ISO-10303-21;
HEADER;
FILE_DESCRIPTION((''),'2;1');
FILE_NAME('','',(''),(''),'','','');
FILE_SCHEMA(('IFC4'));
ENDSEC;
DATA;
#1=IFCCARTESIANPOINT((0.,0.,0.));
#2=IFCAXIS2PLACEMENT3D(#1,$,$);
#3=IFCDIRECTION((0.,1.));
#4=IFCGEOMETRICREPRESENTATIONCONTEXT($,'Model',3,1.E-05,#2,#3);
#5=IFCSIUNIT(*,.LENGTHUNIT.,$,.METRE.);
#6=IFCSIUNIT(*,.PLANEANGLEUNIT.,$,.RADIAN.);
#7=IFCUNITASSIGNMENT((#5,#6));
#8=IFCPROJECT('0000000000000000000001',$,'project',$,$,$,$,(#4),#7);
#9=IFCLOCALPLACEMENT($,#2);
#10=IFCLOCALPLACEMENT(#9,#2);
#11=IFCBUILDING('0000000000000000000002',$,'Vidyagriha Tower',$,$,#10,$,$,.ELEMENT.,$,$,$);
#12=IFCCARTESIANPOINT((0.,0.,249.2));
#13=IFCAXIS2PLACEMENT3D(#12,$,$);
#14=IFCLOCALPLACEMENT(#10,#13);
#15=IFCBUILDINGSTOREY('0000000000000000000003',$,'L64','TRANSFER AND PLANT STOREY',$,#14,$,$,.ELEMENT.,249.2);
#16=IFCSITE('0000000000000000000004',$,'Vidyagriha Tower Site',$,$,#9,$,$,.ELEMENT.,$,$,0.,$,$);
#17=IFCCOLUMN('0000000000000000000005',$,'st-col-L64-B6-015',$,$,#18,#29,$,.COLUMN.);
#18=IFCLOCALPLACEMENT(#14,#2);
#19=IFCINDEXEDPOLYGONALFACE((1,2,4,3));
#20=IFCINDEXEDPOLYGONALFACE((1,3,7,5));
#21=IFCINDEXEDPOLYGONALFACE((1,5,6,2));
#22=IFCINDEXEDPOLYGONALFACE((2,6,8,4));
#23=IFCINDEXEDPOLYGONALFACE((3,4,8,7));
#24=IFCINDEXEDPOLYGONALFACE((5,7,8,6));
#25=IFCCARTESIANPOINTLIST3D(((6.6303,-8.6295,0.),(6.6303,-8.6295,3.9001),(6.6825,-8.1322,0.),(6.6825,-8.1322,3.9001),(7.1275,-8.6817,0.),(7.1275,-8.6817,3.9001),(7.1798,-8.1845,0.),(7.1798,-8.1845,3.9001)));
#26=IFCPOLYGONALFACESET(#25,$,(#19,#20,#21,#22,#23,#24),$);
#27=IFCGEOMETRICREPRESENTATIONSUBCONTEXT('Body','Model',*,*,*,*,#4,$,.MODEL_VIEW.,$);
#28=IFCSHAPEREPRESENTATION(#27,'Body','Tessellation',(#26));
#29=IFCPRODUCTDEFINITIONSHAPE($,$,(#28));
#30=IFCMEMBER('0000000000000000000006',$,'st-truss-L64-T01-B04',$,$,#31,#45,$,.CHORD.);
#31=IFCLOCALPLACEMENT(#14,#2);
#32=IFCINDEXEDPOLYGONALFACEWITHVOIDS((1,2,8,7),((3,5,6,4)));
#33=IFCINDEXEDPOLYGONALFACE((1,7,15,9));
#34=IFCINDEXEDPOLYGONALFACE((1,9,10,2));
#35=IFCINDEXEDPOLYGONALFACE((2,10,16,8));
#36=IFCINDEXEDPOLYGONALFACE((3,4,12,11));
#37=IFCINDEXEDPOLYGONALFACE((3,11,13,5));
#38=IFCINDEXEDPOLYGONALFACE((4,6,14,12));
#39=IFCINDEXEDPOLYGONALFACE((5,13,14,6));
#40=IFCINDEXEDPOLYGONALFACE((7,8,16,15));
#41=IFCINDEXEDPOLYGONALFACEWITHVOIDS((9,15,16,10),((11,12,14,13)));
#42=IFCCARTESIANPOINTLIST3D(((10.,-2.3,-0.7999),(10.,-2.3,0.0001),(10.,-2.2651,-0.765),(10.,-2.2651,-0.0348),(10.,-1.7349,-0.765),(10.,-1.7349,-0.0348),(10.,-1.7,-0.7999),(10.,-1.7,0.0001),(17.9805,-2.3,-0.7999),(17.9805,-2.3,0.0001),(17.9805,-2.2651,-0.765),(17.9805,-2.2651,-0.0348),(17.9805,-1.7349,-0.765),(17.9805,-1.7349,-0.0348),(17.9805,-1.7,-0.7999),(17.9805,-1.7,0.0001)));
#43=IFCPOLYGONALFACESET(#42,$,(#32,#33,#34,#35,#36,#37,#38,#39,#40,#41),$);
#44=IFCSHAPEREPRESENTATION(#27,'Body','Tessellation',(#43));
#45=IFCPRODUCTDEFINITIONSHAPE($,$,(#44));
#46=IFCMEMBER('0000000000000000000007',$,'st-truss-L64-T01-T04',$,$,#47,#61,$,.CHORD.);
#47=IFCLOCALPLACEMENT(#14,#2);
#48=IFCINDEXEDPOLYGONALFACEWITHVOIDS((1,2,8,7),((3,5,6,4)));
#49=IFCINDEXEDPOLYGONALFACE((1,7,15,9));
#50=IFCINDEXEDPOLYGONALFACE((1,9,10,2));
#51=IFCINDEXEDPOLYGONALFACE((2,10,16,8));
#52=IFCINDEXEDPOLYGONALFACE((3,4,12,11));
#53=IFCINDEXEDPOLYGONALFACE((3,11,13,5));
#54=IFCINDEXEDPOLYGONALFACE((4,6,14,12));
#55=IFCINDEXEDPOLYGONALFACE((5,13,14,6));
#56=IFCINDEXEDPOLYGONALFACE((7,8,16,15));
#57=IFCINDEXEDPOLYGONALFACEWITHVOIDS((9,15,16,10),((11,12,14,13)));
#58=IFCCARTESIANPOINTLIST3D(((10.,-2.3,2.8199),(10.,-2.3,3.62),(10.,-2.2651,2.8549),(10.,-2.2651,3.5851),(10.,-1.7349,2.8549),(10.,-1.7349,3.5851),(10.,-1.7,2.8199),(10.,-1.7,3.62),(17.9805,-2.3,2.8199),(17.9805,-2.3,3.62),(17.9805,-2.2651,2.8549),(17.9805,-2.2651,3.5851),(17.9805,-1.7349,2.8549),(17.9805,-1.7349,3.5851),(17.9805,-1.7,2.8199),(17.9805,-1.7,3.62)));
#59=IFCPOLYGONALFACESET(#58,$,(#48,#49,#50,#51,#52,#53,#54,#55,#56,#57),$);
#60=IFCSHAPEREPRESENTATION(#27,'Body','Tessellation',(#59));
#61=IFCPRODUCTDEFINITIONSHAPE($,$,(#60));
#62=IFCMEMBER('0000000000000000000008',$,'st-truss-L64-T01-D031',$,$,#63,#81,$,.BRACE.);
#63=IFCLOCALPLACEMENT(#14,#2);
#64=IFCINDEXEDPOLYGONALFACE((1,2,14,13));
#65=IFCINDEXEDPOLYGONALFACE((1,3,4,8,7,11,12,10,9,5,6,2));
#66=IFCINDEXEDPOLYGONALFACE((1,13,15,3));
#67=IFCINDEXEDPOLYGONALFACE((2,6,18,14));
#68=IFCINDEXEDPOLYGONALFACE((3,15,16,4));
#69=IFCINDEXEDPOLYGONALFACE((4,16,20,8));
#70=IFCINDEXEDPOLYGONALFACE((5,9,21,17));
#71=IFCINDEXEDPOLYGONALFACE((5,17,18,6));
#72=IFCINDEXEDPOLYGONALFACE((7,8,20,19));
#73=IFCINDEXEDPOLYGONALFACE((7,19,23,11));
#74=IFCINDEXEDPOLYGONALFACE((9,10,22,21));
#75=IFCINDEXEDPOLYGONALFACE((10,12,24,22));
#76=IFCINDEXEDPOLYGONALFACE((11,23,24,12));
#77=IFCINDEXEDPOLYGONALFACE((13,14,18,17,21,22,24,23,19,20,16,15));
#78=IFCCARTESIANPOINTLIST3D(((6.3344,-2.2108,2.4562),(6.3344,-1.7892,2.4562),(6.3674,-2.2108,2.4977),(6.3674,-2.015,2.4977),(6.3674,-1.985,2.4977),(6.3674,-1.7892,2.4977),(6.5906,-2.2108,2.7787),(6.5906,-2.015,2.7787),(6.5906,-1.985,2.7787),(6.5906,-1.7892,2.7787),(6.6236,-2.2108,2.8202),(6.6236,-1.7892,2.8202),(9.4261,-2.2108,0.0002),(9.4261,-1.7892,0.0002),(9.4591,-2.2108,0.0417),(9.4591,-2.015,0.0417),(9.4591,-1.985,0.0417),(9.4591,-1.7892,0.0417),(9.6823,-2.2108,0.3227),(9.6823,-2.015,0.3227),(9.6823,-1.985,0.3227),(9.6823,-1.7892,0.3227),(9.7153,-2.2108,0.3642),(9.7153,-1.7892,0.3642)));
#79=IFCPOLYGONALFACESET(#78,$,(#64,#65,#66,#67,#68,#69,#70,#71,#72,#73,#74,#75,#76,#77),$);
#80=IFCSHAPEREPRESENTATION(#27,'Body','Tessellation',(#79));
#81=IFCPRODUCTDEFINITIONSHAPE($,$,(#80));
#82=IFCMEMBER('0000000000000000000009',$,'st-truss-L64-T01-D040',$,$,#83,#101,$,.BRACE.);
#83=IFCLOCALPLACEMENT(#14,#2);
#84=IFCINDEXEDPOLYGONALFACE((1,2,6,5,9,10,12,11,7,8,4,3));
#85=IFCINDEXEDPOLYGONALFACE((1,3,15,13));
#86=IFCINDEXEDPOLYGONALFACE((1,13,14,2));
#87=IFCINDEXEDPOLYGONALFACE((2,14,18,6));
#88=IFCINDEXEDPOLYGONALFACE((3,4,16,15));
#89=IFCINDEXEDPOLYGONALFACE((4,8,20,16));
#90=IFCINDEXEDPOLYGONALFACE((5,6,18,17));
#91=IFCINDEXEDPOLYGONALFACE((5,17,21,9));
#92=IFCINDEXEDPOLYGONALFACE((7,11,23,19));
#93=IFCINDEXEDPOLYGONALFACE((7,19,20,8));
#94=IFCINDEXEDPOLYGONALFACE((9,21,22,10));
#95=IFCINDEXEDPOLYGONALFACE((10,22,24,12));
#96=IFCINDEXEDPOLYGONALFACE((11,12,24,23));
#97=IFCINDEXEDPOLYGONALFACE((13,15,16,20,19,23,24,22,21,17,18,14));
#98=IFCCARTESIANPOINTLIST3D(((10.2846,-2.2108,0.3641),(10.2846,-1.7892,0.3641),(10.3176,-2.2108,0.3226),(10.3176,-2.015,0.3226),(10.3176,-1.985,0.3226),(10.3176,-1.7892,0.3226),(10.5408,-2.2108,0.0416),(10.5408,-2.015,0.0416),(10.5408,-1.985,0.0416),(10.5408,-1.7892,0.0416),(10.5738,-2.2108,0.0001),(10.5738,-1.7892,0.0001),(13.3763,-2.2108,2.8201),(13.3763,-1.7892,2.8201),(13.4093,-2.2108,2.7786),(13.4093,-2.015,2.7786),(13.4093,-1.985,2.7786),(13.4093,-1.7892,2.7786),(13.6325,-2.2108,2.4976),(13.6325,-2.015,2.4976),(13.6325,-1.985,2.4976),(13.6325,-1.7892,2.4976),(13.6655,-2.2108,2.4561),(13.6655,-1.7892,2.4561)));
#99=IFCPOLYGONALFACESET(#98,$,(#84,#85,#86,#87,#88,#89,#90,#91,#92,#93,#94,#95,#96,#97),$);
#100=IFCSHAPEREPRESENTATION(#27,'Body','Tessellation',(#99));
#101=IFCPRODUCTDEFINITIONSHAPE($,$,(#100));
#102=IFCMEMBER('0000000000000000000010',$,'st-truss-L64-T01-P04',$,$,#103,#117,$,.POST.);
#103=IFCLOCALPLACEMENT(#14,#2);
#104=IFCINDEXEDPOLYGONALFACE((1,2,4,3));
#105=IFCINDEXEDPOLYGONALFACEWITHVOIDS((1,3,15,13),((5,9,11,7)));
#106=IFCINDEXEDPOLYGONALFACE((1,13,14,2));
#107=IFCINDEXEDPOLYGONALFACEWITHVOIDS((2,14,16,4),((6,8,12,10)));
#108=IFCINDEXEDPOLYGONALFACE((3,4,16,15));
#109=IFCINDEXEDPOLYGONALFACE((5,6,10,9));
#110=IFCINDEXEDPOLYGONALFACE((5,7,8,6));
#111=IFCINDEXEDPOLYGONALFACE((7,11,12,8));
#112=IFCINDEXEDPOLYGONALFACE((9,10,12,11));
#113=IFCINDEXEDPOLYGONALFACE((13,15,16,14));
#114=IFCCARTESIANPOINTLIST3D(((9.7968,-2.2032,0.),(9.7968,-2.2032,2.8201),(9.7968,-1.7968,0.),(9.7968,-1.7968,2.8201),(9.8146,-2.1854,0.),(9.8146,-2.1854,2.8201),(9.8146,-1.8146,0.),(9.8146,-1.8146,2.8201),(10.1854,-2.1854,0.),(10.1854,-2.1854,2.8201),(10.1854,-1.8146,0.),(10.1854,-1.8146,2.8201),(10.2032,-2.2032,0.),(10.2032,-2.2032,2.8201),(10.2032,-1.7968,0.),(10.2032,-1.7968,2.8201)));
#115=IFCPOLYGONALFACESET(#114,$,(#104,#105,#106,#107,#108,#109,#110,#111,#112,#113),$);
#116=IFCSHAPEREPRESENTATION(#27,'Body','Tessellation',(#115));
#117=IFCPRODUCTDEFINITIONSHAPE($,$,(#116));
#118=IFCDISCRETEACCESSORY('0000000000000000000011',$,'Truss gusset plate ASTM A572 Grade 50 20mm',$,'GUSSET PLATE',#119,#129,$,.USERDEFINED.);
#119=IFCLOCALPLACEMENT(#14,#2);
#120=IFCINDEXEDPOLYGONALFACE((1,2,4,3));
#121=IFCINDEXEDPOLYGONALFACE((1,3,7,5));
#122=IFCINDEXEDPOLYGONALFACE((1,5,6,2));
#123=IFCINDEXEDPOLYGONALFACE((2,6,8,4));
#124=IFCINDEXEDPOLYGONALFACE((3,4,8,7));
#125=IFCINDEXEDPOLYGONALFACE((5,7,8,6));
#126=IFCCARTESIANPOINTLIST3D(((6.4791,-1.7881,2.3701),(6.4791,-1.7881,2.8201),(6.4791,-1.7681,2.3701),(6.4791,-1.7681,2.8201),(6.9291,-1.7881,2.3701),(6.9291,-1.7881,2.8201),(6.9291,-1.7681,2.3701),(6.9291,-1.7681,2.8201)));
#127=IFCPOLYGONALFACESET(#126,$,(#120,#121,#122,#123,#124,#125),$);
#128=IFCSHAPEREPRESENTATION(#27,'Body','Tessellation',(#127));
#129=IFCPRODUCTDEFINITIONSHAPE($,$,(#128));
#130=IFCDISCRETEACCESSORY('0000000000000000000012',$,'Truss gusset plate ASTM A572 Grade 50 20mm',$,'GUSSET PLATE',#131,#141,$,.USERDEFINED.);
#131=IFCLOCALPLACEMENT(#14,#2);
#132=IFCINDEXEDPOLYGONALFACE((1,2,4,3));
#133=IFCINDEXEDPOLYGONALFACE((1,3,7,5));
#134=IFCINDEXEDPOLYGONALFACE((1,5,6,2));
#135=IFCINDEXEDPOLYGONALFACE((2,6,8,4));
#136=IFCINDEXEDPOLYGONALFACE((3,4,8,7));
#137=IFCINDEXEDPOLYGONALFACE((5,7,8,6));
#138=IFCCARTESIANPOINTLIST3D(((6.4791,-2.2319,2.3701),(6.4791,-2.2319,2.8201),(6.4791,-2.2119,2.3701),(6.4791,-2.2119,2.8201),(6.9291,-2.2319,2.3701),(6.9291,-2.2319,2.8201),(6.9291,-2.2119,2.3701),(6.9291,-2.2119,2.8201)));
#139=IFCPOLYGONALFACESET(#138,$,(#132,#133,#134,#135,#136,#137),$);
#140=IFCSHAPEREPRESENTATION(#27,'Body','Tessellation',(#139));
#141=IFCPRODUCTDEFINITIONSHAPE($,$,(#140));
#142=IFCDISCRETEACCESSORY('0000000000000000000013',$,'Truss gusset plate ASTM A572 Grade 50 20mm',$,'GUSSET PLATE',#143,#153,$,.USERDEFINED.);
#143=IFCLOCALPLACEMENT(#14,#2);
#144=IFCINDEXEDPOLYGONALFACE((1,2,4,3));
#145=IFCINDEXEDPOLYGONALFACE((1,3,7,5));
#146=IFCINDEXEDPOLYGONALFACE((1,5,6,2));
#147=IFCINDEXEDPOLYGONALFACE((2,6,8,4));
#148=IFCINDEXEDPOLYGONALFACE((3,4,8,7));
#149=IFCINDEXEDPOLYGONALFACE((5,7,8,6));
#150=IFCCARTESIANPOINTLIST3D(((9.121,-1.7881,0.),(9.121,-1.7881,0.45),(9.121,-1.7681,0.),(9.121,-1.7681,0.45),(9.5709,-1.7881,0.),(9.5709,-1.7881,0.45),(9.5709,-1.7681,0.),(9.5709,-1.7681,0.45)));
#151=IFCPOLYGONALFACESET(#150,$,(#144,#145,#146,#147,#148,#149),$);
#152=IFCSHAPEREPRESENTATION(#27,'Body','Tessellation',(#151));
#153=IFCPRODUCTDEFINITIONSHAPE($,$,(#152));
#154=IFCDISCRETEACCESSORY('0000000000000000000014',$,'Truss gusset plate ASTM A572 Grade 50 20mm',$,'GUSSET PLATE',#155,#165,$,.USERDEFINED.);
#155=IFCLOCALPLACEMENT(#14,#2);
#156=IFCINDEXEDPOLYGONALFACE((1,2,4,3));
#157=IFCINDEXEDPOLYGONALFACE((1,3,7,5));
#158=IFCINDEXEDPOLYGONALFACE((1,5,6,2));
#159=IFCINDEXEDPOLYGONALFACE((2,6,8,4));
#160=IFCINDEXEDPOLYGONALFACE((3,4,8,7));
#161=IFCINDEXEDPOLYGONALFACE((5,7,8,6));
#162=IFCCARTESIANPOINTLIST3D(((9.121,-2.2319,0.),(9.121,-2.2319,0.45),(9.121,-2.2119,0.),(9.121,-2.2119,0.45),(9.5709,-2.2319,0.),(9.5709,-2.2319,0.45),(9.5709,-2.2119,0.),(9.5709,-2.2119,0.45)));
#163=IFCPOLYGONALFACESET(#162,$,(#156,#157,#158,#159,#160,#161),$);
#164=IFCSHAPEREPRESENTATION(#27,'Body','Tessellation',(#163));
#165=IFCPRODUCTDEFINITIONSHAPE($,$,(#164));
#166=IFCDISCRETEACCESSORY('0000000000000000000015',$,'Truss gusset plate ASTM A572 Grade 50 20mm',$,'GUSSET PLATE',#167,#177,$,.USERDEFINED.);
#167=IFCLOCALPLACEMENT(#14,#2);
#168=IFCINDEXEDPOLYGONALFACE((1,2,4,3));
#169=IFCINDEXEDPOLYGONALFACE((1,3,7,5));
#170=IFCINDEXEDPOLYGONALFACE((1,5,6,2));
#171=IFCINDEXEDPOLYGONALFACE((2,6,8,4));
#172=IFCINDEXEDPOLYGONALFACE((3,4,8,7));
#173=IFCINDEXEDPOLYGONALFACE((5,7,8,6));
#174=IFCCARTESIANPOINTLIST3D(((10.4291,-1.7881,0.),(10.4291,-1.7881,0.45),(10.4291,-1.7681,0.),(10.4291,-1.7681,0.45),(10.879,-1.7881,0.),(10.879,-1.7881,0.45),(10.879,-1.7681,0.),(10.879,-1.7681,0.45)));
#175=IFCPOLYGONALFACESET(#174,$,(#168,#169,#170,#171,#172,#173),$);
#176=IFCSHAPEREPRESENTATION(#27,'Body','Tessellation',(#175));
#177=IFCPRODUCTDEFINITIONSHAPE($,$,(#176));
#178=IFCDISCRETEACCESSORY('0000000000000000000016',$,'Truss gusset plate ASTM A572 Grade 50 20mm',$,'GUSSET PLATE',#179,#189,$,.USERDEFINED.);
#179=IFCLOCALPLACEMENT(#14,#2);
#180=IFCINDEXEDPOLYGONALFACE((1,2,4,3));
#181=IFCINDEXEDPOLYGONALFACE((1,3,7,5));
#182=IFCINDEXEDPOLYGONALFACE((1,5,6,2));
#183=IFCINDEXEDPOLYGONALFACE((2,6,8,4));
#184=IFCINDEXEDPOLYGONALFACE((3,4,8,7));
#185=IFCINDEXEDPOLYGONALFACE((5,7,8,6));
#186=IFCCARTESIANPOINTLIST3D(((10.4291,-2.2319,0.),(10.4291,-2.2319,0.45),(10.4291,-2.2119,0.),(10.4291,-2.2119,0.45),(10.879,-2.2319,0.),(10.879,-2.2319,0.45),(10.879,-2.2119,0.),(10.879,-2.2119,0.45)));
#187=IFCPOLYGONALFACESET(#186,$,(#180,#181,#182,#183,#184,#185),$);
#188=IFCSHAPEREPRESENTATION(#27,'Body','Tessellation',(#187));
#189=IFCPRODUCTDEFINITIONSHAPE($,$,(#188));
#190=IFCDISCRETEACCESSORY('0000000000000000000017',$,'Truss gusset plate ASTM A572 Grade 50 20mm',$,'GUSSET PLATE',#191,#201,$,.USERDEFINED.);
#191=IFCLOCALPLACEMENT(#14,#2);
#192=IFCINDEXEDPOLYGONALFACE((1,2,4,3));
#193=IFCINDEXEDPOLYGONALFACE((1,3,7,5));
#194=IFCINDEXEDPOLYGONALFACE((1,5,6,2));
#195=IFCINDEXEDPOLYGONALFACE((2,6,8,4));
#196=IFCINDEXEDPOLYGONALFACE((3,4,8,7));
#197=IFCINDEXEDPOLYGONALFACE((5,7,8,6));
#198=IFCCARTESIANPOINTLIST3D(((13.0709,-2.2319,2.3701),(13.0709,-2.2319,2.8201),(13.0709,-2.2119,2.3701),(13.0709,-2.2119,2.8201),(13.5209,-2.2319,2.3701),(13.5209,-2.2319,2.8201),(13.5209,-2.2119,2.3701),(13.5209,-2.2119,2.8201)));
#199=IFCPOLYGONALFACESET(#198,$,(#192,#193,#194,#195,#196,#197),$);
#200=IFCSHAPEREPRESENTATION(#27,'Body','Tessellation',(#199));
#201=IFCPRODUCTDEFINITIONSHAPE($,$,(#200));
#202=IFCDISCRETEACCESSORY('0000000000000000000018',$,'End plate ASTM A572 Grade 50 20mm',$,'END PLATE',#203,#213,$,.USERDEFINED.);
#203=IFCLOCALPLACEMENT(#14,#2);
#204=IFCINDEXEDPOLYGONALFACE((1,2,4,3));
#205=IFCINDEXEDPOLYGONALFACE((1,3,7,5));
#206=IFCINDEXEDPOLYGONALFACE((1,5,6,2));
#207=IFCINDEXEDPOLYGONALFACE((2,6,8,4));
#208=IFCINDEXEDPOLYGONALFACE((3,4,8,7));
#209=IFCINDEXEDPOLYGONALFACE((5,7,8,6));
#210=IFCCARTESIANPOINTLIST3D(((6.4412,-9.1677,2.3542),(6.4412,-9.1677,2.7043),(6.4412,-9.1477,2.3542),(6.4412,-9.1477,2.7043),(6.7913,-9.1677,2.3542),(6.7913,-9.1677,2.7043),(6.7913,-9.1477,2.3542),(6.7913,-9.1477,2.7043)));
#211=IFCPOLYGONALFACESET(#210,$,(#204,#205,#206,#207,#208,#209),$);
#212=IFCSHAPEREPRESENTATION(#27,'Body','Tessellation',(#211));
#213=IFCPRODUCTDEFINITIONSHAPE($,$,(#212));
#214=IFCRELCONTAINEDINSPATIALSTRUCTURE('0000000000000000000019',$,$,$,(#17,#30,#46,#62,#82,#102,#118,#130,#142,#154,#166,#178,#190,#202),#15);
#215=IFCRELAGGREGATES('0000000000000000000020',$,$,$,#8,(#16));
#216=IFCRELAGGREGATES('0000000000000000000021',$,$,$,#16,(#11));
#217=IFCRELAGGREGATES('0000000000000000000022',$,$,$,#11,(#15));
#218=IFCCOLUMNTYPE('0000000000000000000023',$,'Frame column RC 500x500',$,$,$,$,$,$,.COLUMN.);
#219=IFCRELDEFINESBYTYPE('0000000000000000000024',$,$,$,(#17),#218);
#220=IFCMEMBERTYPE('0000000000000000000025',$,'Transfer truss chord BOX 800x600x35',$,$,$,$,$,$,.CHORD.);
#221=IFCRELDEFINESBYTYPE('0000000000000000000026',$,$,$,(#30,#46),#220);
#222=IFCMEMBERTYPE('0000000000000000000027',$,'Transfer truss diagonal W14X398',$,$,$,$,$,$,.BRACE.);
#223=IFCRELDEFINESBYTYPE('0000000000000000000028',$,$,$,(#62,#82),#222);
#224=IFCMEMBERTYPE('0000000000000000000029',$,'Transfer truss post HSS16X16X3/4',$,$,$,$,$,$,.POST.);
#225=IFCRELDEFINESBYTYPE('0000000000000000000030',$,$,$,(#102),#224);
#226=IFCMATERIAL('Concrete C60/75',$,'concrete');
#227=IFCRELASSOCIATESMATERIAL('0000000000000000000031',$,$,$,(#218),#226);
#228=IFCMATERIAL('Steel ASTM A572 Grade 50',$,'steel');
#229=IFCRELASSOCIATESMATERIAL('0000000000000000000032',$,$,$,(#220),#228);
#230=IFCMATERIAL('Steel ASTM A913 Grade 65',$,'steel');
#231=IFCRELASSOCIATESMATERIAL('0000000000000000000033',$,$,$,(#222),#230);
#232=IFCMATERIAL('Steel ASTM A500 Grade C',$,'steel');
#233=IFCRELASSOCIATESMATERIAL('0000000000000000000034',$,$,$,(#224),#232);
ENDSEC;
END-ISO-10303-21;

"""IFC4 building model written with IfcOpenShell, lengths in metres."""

from ifc_helpers import new_model, si_unit, direction, frame, origin, origin_2d, place, context, subcontext, project, spatial, rectangle, hollow_rectangle, i_section, extrude, material, material_profile, profile_set, type_object, element, save


model = new_model("IFC4")

# Units and contexts
model_context = context("Model", 3, precision=1e-05, world=origin(), true_north=direction((0.0, 1.0)))
body_context = subcontext(model_context, "Body", "Model", "MODEL_VIEW")
ifc_project = project(units=[si_unit("LENGTHUNIT", "METRE"), si_unit("PLANEANGLEUNIT", "RADIAN")], contexts=[model_context])

# Site, building, storey
site_placement = place(None, origin())
site = spatial("IfcSite", under=ifc_project, at=site_placement, Name="Vidyagriha Tower Site", CompositionType="ELEMENT", RefElevation=0.0)
building_placement = place(site_placement, origin())
building = spatial("IfcBuilding", under=site, at=building_placement, Name="Vidyagriha Tower", CompositionType="ELEMENT")
storey_placement = place(building_placement, frame((0.0, 0.0, 249.2)))
storey = spatial("IfcBuildingStorey", under=building, at=storey_placement, Name="L64", Description="TRANSFER AND PLANT STOREY", CompositionType="ELEMENT", Elevation=249.2)

# Column
ifc_material_1 = material(Name="Concrete C60/75", Category="concrete")
ifc_material_profile_1 = material_profile(ifc_material_1, rectangle(XDim=0.5, YDim=0.5, at=origin_2d()), Name="RC 500x500")
ifc_profile_set_1 = profile_set([ifc_material_profile_1], Name="Concrete C60/75")
column_type = type_object("IfcColumnType", Name="Frame column RC 500x500", PredefinedType="COLUMN", material=ifc_profile_set_1)
column_placement = place(storey_placement, frame((6.905, -8.407, 0.0), z_axis=(0.0, 0.0, 1.0), x_axis=(0.994522, -0.104528, 0.0)))
element("IfcColumn", 1, at=column_placement, inside=storey, type_object=column_type, Name="st-col-L64-B6-015", PredefinedType="COLUMN", context=body_context, shape_type="SweptSolid", body=[
    extrude(rectangle(XDim=0.5, YDim=0.5, at=origin_2d()), origin(), (0.0, 0.0, 1.0), 3.9001),
])

# Members
ifc_material_2 = material(Name="Steel ASTM A572 Grade 50", Category="steel")
ifc_material_profile_2 = material_profile(ifc_material_2, hollow_rectangle(XDim=0.6001, YDim=0.8, WallThickness=0.0349, at=origin_2d()), Name="BOX 800x600x35")
ifc_profile_set_2 = profile_set([ifc_material_profile_2], Name="Steel ASTM A572 Grade 50")
member_type_1 = type_object("IfcMemberType", Name="Transfer truss chord BOX 800x600x35", PredefinedType="CHORD", material=ifc_profile_set_2)
for number, where, z_axis, x_axis, name in (
    (2, (10.0, -2.0, -0.3999), (1.0, 0.0, 0.0), (0.0, 1.0, 0.0), "st-truss-L64-T01-B04"),
    (3, (10.0, -2.0, 3.22), (1.0, 0.0, 0.0), (0.0, 1.0, 0.0), "st-truss-L64-T01-T04"),
):
    element("IfcMember", number, at=place(storey_placement, frame(where, z_axis=z_axis, x_axis=x_axis)), inside=storey, type_object=member_type_1, Name=name, PredefinedType="CHORD", context=body_context, shape_type="SweptSolid", body=[
        extrude(hollow_rectangle(XDim=0.6001, YDim=0.8, WallThickness=0.0349, at=origin_2d()), origin(), (0.0, 0.0, 1.0), 7.9805),
    ])
ifc_material_3 = material(Name="Steel ASTM A913 Grade 65", Category="steel")
ifc_material_profile_3 = material_profile(ifc_material_3, i_section(OverallWidth=0.4216, OverallDepth=0.4648, WebThickness=0.03, FlangeThickness=0.053, at=origin_2d()), Name="W14X398")
ifc_profile_set_3 = profile_set([ifc_material_profile_3], Name="Steel ASTM A913 Grade 65")
member_type_2 = type_object("IfcMemberType", Name="Transfer truss diagonal W14X398", PredefinedType="BRACE", material=ifc_profile_set_3)
for number, where, z_axis, x_axis, name in (
    (4, (6.479, -2.0, 2.6382), (0.783012, 0.0, -0.622007), (0.0, 1.0, 0.0), "st-truss-L64-T01-D031"),
    (5, (10.4292, -2.0, 0.1821), (0.783012, 0.0, 0.622007), (0.0, 1.0, 0.0), "st-truss-L64-T01-D040"),
):
    element("IfcMember", number, at=place(storey_placement, frame(where, z_axis=z_axis, x_axis=x_axis)), inside=storey, type_object=member_type_2, Name=name, PredefinedType="BRACE", context=body_context, shape_type="SweptSolid", body=[
        extrude(i_section(OverallWidth=0.4216, OverallDepth=0.4648, WebThickness=0.03, FlangeThickness=0.053, at=origin_2d()), origin(), (0.0, 0.0, 1.0), 3.9485),
    ])
ifc_material_4 = material(Name="Steel ASTM A500 Grade C", Category="steel")
ifc_material_profile_4 = material_profile(ifc_material_4, hollow_rectangle(XDim=0.4065, YDim=0.4065, WallThickness=0.0178, at=origin_2d()), Name="HSS16X16X3/4")
ifc_profile_set_4 = profile_set([ifc_material_profile_4], Name="Steel ASTM A500 Grade C")
member_type_3 = type_object("IfcMemberType", Name="Transfer truss post HSS16X16X3/4", PredefinedType="POST", material=ifc_profile_set_4)
member_placement = place(storey_placement, frame((10.0, -2.0, 0.0)))
element("IfcMember", 6, at=member_placement, inside=storey, type_object=member_type_3, Name="st-truss-L64-T01-P04", PredefinedType="POST", context=body_context, shape_type="SweptSolid", body=[
    extrude(hollow_rectangle(XDim=0.4065, YDim=0.4065, WallThickness=0.0178, at=origin_2d()), origin(), (0.0, 0.0, 1.0), 2.8201),
])

# Discrete accessories
for number, where, name in (
    (7, (6.7041, -1.7781, 2.3701), "Truss gusset plate ASTM A572 Grade 50 20mm"),
    (8, (6.7041, -2.2219, 2.3701), "Truss gusset plate ASTM A572 Grade 50 20mm"),
    (9, (9.3459, -1.7781, 0.0), "Truss gusset plate ASTM A572 Grade 50 20mm"),
    (10, (9.3459, -2.2219, 0.0), "Truss gusset plate ASTM A572 Grade 50 20mm"),
    (11, (10.6541, -1.7781, 0.0), "Truss gusset plate ASTM A572 Grade 50 20mm"),
    (12, (10.6541, -2.2219, 0.0), "Truss gusset plate ASTM A572 Grade 50 20mm"),
    (13, (13.2959, -2.2219, 2.3701), "Truss gusset plate ASTM A572 Grade 50 20mm"),
):
    element("IfcDiscreteAccessory", number, at=place(storey_placement, frame(where)), inside=storey, Name=name, ObjectType="GUSSET PLATE", PredefinedType="USERDEFINED", context=body_context, shape_type="SweptSolid", body=[
        extrude(rectangle(XDim=0.45, YDim=0.02, at=origin_2d()), origin(), (0.0, 0.0, 1.0), 0.45),
    ])
discrete_accessory_1_placement = place(storey_placement, frame((6.6162, -9.1577, 2.3542), z_axis=(0.0, 0.0, 1.0), x_axis=(-1.0, 0.0, 0.0)))
element("IfcDiscreteAccessory", 14, at=discrete_accessory_1_placement, inside=storey, Name="End plate ASTM A572 Grade 50 20mm", ObjectType="END PLATE", PredefinedType="USERDEFINED", context=body_context, shape_type="SweptSolid", body=[
    extrude(rectangle(XDim=0.3501, YDim=0.02, at=origin_2d()), origin(), (0.0, 0.0, 1.0), 0.3501),
])

save(model, "model.ifc")
